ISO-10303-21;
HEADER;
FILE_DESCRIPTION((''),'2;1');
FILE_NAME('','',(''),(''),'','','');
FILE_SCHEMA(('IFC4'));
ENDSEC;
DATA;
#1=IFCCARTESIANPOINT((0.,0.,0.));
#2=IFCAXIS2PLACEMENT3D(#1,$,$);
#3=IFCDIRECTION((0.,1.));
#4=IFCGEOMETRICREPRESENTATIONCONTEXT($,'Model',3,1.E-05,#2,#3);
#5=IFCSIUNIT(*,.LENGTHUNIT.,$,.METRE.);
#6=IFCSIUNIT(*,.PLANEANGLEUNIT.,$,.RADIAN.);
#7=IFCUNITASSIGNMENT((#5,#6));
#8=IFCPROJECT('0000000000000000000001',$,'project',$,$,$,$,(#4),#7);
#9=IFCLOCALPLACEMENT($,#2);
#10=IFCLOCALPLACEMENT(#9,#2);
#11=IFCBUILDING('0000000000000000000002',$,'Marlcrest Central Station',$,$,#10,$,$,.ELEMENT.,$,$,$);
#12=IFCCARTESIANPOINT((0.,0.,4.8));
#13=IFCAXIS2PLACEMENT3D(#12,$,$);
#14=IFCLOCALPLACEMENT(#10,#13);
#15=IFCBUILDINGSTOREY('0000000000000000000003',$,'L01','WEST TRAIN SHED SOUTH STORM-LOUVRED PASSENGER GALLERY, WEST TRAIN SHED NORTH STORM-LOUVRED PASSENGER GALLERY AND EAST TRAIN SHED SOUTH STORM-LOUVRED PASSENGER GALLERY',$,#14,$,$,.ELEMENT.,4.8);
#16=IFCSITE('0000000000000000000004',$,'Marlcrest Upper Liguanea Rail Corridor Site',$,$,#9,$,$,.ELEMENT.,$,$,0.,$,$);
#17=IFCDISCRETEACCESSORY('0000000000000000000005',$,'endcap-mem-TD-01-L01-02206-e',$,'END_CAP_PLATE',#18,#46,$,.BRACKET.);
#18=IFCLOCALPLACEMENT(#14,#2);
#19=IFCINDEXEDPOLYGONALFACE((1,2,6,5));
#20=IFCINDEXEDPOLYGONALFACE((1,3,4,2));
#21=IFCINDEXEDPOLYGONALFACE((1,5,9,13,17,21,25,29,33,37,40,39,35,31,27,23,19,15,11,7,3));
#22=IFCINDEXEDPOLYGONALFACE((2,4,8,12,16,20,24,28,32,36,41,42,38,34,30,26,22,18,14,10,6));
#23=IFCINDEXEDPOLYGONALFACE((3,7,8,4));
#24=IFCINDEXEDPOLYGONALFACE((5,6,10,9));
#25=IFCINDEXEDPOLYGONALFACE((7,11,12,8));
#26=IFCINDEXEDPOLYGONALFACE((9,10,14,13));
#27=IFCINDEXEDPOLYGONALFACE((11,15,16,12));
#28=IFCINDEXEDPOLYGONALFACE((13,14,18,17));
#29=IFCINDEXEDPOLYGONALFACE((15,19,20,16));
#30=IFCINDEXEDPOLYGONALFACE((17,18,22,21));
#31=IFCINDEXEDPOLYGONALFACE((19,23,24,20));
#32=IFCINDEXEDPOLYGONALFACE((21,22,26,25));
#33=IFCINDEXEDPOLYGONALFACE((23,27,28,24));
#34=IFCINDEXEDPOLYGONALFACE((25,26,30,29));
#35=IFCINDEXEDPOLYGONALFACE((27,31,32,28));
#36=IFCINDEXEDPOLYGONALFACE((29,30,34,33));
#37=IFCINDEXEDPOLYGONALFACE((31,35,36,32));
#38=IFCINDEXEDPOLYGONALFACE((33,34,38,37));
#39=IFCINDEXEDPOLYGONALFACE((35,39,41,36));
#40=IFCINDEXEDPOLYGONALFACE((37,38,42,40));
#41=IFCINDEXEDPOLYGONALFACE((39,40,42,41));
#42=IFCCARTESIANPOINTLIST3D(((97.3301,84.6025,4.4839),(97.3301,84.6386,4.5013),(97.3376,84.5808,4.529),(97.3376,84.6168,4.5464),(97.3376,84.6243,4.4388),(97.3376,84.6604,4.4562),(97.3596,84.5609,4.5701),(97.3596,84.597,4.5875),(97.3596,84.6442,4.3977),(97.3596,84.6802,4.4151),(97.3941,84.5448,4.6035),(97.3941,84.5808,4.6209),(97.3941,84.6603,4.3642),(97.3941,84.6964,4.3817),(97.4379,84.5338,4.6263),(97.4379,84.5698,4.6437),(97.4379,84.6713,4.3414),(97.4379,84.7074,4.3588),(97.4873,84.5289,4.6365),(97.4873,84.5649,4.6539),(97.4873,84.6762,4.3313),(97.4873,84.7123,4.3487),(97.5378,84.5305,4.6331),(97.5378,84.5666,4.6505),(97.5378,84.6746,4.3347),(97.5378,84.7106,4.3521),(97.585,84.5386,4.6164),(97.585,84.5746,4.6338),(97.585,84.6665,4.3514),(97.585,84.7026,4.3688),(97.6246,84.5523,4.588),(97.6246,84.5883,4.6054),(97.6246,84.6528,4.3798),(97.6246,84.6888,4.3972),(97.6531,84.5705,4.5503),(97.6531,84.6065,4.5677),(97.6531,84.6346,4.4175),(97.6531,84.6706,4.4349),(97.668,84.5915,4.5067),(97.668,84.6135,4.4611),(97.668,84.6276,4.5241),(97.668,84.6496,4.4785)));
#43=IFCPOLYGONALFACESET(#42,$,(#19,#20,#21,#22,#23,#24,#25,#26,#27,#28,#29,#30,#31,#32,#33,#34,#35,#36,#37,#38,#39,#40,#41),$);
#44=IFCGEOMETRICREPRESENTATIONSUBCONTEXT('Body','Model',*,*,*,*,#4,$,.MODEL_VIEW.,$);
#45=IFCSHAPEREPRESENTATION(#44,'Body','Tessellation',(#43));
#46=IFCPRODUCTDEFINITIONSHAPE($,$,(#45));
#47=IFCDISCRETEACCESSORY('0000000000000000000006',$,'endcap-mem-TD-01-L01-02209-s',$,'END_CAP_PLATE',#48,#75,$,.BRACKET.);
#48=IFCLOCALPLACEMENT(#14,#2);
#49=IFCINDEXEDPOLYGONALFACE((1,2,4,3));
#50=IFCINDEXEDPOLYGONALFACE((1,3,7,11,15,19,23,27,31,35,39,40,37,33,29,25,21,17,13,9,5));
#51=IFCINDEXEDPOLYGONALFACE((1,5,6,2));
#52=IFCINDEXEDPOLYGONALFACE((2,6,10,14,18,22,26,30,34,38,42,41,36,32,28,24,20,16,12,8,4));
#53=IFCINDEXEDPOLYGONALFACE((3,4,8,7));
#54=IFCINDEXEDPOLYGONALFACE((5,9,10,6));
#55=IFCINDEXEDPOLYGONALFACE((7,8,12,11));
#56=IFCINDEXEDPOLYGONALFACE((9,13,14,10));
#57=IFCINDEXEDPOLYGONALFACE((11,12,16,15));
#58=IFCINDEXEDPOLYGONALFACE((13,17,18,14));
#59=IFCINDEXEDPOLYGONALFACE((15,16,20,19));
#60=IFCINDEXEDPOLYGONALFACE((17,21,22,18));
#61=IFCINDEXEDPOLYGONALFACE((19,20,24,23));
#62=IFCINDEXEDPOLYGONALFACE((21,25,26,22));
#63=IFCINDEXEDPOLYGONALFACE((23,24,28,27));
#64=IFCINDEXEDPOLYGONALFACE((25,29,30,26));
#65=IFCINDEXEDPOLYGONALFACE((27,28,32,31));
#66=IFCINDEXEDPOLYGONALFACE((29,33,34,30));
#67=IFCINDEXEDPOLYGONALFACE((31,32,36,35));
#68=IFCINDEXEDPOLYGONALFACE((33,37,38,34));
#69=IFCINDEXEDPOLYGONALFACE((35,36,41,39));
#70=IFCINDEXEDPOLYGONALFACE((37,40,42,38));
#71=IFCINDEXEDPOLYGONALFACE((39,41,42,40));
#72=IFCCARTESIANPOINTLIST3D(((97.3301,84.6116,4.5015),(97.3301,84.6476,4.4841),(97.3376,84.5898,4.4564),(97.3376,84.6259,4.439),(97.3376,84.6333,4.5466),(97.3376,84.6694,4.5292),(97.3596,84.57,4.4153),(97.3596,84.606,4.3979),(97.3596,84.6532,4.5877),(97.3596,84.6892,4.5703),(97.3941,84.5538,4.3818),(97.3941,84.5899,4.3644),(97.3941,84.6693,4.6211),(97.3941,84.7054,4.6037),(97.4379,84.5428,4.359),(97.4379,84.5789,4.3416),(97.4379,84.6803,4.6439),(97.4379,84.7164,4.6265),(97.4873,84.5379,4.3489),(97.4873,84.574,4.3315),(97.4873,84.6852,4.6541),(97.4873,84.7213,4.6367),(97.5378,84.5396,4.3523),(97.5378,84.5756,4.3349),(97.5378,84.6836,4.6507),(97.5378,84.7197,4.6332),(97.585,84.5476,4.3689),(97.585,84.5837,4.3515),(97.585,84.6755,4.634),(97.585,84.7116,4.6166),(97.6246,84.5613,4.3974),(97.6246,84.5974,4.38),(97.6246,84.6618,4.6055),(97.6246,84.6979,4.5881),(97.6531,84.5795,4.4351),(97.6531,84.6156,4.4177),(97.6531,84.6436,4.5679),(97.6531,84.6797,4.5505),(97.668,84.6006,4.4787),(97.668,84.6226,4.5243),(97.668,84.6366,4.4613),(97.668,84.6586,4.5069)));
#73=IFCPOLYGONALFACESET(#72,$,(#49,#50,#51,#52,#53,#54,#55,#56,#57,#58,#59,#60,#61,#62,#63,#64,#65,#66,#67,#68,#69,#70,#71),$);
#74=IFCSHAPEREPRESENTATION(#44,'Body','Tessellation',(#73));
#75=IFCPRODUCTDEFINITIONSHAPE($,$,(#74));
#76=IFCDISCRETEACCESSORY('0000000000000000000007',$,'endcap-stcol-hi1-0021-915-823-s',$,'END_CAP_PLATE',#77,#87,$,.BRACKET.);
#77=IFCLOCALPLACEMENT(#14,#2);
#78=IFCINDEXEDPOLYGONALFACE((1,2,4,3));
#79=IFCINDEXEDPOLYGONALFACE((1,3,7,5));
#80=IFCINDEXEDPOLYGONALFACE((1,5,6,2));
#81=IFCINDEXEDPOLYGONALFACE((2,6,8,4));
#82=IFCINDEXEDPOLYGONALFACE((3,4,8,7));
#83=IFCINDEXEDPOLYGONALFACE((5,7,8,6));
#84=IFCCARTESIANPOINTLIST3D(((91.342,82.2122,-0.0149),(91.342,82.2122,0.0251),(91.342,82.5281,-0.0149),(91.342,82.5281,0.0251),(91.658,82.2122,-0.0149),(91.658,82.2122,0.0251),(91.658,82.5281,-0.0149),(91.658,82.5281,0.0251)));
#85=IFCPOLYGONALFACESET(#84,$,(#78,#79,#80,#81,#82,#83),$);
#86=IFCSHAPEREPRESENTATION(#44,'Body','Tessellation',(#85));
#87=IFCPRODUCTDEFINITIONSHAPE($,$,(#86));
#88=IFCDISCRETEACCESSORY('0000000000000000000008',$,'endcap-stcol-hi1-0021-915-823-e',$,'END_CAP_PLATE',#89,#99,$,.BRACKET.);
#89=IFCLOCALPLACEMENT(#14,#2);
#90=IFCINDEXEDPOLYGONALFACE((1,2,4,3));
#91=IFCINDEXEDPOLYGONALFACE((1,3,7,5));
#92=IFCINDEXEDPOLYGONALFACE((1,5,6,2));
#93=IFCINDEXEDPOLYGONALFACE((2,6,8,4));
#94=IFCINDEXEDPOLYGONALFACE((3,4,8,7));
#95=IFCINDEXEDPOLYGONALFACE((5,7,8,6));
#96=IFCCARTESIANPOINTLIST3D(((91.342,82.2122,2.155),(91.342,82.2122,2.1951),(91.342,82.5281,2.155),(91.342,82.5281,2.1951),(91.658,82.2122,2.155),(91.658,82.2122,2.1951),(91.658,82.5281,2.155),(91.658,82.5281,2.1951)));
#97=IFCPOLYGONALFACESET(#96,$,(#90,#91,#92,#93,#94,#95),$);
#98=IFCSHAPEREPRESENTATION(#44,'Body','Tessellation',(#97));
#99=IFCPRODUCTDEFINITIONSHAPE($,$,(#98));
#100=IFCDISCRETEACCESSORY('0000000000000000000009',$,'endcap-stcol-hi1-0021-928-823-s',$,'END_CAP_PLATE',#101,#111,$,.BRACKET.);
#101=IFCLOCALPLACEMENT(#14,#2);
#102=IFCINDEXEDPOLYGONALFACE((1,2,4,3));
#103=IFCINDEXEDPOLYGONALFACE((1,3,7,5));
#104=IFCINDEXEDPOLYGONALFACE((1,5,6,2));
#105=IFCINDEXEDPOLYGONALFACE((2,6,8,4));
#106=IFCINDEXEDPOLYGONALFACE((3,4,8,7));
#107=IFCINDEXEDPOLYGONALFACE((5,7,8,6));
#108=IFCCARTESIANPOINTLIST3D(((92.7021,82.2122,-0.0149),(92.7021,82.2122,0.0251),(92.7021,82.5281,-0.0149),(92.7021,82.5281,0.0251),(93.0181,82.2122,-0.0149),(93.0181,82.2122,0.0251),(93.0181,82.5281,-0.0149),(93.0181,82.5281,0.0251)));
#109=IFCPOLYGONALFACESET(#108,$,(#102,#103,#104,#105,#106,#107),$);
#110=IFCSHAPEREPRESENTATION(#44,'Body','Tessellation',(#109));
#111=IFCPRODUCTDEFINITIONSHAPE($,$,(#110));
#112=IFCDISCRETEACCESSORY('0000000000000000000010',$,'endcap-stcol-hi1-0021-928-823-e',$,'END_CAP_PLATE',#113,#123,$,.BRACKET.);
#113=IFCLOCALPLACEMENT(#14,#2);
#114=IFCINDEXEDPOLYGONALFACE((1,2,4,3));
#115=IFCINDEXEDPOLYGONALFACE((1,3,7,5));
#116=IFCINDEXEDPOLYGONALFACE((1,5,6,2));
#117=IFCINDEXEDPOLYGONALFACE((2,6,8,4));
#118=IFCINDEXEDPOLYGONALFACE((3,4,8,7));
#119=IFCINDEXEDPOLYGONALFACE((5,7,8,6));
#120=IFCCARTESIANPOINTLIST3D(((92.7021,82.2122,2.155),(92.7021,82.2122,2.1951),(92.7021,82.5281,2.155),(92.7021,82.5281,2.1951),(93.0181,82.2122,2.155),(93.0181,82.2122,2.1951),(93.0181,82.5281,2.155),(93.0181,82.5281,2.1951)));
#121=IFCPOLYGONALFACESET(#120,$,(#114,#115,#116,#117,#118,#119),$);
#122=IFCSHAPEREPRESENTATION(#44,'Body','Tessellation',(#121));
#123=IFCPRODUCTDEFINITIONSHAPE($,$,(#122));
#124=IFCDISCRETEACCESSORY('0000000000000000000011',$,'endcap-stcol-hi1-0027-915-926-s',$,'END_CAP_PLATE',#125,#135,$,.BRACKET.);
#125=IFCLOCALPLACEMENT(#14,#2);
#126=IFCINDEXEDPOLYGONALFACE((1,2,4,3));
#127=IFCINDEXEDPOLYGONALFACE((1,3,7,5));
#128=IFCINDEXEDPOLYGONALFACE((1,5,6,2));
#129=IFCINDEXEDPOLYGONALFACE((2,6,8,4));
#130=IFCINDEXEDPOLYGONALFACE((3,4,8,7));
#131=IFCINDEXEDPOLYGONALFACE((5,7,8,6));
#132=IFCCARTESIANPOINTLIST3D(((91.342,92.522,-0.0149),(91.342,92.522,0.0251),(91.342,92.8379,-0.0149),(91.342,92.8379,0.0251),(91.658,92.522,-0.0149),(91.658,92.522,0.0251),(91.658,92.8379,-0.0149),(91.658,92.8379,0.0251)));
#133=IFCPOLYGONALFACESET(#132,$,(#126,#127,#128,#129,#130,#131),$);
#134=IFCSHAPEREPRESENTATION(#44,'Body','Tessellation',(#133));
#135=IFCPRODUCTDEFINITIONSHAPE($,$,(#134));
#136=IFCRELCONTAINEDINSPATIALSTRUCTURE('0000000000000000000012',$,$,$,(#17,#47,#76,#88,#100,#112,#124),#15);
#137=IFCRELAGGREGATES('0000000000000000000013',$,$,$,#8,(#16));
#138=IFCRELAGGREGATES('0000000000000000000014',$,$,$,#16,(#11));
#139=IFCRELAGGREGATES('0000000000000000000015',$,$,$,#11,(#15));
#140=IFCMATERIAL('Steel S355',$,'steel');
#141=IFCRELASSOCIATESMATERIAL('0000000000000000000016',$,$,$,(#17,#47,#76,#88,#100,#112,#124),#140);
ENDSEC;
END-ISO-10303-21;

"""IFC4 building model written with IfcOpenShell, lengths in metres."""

from ifc_helpers import new_model, si_unit, direction, frame, origin, origin_2d, place, context, subcontext, project, spatial, rectangle, circle, extrude, material, element, save


model = new_model("IFC4")

# Units and contexts
model_context = context("Model", 3, precision=1e-05, world=origin(), true_north=direction((0.0, 1.0)))
body_context = subcontext(model_context, "Body", "Model", "MODEL_VIEW")
ifc_project = project(units=[si_unit("LENGTHUNIT", "METRE"), si_unit("PLANEANGLEUNIT", "RADIAN")], contexts=[model_context])

# Site, building, storey
site_placement = place(None, origin())
site = spatial("IfcSite", under=ifc_project, at=site_placement, Name="Marlcrest Upper Liguanea Rail Corridor Site", CompositionType="ELEMENT", RefElevation=0.0)
building_placement = place(site_placement, origin())
building = spatial("IfcBuilding", under=site, at=building_placement, Name="Marlcrest Central Station", CompositionType="ELEMENT")
storey_placement = place(building_placement, frame((0.0, 0.0, 4.8)))
storey = spatial("IfcBuildingStorey", under=building, at=storey_placement, Name="L01", Description="WEST TRAIN SHED SOUTH STORM-LOUVRED PASSENGER GALLERY, WEST TRAIN SHED NORTH STORM-LOUVRED PASSENGER GALLERY AND EAST TRAIN SHED SOUTH STORM-LOUVRED PASSENGER GALLERY", CompositionType="ELEMENT", Elevation=4.8)

# Shared definitions
ifc_material_1 = material(Name="Steel S355", Category="steel")

# Discrete accessories
for number, where, z_axis, x_axis, name in (
    (1, (97.5, 84.6025, 4.4839), (0.0, 0.900552, 0.434749), (-1.0, 0.0, 0.0), "endcap-mem-TD-01-L01-02206-e"),
    (2, (97.5, 84.6116, 4.5015), (0.0, 0.900552, -0.434749), (-1.0, 0.0, 0.0), "endcap-mem-TD-01-L01-02209-s"),
):
    element("IfcDiscreteAccessory", number, at=place(storey_placement, frame(where, z_axis=z_axis, x_axis=x_axis)), inside=storey, material=ifc_material_1, Name=name, ObjectType="END_CAP_PLATE", PredefinedType="BRACKET", context=body_context, shape_type="SweptSolid", body=[
        extrude(circle(Radius=0.1699, at=origin_2d()), origin(), (0.0, 0.0, 1.0), 0.04),
    ])
for number, where, z_axis, x_axis, name in (
    (3, (91.5, 82.3701, -0.0149), (0.0, 0.0, 1.0), (1.0, 0.0, 0.0), "endcap-stcol-hi1-0021-915-823-s"),
    (4, (91.5, 82.3701, 2.155), (0.0, 0.0, 1.0), (1.0, 0.0, 0.0), "endcap-stcol-hi1-0021-915-823-e"),
    (5, (92.8601, 82.3701, -0.0149), (0.0, 0.0, 1.0), (1.0, 0.0, 0.0), "endcap-stcol-hi1-0021-928-823-s"),
    (6, (92.8601, 82.3701, 2.155), (0.0, 0.0, 1.0), (1.0, 0.0, 0.0), "endcap-stcol-hi1-0021-928-823-e"),
    (7, (91.5, 92.6799, -0.0149), (0.0, 0.0, 1.0), (1.0, 0.0, 0.0), "endcap-stcol-hi1-0027-915-926-s"),
):
    element("IfcDiscreteAccessory", number, at=place(storey_placement, frame(where, z_axis=z_axis, x_axis=x_axis)), inside=storey, material=ifc_material_1, Name=name, ObjectType="END_CAP_PLATE", PredefinedType="BRACKET", context=body_context, shape_type="SweptSolid", body=[
        extrude(rectangle(XDim=0.3159, YDim=0.3159, at=origin_2d()), origin(), (0.0, 0.0, 1.0), 0.04),
    ])

save(model, "model.ifc")
